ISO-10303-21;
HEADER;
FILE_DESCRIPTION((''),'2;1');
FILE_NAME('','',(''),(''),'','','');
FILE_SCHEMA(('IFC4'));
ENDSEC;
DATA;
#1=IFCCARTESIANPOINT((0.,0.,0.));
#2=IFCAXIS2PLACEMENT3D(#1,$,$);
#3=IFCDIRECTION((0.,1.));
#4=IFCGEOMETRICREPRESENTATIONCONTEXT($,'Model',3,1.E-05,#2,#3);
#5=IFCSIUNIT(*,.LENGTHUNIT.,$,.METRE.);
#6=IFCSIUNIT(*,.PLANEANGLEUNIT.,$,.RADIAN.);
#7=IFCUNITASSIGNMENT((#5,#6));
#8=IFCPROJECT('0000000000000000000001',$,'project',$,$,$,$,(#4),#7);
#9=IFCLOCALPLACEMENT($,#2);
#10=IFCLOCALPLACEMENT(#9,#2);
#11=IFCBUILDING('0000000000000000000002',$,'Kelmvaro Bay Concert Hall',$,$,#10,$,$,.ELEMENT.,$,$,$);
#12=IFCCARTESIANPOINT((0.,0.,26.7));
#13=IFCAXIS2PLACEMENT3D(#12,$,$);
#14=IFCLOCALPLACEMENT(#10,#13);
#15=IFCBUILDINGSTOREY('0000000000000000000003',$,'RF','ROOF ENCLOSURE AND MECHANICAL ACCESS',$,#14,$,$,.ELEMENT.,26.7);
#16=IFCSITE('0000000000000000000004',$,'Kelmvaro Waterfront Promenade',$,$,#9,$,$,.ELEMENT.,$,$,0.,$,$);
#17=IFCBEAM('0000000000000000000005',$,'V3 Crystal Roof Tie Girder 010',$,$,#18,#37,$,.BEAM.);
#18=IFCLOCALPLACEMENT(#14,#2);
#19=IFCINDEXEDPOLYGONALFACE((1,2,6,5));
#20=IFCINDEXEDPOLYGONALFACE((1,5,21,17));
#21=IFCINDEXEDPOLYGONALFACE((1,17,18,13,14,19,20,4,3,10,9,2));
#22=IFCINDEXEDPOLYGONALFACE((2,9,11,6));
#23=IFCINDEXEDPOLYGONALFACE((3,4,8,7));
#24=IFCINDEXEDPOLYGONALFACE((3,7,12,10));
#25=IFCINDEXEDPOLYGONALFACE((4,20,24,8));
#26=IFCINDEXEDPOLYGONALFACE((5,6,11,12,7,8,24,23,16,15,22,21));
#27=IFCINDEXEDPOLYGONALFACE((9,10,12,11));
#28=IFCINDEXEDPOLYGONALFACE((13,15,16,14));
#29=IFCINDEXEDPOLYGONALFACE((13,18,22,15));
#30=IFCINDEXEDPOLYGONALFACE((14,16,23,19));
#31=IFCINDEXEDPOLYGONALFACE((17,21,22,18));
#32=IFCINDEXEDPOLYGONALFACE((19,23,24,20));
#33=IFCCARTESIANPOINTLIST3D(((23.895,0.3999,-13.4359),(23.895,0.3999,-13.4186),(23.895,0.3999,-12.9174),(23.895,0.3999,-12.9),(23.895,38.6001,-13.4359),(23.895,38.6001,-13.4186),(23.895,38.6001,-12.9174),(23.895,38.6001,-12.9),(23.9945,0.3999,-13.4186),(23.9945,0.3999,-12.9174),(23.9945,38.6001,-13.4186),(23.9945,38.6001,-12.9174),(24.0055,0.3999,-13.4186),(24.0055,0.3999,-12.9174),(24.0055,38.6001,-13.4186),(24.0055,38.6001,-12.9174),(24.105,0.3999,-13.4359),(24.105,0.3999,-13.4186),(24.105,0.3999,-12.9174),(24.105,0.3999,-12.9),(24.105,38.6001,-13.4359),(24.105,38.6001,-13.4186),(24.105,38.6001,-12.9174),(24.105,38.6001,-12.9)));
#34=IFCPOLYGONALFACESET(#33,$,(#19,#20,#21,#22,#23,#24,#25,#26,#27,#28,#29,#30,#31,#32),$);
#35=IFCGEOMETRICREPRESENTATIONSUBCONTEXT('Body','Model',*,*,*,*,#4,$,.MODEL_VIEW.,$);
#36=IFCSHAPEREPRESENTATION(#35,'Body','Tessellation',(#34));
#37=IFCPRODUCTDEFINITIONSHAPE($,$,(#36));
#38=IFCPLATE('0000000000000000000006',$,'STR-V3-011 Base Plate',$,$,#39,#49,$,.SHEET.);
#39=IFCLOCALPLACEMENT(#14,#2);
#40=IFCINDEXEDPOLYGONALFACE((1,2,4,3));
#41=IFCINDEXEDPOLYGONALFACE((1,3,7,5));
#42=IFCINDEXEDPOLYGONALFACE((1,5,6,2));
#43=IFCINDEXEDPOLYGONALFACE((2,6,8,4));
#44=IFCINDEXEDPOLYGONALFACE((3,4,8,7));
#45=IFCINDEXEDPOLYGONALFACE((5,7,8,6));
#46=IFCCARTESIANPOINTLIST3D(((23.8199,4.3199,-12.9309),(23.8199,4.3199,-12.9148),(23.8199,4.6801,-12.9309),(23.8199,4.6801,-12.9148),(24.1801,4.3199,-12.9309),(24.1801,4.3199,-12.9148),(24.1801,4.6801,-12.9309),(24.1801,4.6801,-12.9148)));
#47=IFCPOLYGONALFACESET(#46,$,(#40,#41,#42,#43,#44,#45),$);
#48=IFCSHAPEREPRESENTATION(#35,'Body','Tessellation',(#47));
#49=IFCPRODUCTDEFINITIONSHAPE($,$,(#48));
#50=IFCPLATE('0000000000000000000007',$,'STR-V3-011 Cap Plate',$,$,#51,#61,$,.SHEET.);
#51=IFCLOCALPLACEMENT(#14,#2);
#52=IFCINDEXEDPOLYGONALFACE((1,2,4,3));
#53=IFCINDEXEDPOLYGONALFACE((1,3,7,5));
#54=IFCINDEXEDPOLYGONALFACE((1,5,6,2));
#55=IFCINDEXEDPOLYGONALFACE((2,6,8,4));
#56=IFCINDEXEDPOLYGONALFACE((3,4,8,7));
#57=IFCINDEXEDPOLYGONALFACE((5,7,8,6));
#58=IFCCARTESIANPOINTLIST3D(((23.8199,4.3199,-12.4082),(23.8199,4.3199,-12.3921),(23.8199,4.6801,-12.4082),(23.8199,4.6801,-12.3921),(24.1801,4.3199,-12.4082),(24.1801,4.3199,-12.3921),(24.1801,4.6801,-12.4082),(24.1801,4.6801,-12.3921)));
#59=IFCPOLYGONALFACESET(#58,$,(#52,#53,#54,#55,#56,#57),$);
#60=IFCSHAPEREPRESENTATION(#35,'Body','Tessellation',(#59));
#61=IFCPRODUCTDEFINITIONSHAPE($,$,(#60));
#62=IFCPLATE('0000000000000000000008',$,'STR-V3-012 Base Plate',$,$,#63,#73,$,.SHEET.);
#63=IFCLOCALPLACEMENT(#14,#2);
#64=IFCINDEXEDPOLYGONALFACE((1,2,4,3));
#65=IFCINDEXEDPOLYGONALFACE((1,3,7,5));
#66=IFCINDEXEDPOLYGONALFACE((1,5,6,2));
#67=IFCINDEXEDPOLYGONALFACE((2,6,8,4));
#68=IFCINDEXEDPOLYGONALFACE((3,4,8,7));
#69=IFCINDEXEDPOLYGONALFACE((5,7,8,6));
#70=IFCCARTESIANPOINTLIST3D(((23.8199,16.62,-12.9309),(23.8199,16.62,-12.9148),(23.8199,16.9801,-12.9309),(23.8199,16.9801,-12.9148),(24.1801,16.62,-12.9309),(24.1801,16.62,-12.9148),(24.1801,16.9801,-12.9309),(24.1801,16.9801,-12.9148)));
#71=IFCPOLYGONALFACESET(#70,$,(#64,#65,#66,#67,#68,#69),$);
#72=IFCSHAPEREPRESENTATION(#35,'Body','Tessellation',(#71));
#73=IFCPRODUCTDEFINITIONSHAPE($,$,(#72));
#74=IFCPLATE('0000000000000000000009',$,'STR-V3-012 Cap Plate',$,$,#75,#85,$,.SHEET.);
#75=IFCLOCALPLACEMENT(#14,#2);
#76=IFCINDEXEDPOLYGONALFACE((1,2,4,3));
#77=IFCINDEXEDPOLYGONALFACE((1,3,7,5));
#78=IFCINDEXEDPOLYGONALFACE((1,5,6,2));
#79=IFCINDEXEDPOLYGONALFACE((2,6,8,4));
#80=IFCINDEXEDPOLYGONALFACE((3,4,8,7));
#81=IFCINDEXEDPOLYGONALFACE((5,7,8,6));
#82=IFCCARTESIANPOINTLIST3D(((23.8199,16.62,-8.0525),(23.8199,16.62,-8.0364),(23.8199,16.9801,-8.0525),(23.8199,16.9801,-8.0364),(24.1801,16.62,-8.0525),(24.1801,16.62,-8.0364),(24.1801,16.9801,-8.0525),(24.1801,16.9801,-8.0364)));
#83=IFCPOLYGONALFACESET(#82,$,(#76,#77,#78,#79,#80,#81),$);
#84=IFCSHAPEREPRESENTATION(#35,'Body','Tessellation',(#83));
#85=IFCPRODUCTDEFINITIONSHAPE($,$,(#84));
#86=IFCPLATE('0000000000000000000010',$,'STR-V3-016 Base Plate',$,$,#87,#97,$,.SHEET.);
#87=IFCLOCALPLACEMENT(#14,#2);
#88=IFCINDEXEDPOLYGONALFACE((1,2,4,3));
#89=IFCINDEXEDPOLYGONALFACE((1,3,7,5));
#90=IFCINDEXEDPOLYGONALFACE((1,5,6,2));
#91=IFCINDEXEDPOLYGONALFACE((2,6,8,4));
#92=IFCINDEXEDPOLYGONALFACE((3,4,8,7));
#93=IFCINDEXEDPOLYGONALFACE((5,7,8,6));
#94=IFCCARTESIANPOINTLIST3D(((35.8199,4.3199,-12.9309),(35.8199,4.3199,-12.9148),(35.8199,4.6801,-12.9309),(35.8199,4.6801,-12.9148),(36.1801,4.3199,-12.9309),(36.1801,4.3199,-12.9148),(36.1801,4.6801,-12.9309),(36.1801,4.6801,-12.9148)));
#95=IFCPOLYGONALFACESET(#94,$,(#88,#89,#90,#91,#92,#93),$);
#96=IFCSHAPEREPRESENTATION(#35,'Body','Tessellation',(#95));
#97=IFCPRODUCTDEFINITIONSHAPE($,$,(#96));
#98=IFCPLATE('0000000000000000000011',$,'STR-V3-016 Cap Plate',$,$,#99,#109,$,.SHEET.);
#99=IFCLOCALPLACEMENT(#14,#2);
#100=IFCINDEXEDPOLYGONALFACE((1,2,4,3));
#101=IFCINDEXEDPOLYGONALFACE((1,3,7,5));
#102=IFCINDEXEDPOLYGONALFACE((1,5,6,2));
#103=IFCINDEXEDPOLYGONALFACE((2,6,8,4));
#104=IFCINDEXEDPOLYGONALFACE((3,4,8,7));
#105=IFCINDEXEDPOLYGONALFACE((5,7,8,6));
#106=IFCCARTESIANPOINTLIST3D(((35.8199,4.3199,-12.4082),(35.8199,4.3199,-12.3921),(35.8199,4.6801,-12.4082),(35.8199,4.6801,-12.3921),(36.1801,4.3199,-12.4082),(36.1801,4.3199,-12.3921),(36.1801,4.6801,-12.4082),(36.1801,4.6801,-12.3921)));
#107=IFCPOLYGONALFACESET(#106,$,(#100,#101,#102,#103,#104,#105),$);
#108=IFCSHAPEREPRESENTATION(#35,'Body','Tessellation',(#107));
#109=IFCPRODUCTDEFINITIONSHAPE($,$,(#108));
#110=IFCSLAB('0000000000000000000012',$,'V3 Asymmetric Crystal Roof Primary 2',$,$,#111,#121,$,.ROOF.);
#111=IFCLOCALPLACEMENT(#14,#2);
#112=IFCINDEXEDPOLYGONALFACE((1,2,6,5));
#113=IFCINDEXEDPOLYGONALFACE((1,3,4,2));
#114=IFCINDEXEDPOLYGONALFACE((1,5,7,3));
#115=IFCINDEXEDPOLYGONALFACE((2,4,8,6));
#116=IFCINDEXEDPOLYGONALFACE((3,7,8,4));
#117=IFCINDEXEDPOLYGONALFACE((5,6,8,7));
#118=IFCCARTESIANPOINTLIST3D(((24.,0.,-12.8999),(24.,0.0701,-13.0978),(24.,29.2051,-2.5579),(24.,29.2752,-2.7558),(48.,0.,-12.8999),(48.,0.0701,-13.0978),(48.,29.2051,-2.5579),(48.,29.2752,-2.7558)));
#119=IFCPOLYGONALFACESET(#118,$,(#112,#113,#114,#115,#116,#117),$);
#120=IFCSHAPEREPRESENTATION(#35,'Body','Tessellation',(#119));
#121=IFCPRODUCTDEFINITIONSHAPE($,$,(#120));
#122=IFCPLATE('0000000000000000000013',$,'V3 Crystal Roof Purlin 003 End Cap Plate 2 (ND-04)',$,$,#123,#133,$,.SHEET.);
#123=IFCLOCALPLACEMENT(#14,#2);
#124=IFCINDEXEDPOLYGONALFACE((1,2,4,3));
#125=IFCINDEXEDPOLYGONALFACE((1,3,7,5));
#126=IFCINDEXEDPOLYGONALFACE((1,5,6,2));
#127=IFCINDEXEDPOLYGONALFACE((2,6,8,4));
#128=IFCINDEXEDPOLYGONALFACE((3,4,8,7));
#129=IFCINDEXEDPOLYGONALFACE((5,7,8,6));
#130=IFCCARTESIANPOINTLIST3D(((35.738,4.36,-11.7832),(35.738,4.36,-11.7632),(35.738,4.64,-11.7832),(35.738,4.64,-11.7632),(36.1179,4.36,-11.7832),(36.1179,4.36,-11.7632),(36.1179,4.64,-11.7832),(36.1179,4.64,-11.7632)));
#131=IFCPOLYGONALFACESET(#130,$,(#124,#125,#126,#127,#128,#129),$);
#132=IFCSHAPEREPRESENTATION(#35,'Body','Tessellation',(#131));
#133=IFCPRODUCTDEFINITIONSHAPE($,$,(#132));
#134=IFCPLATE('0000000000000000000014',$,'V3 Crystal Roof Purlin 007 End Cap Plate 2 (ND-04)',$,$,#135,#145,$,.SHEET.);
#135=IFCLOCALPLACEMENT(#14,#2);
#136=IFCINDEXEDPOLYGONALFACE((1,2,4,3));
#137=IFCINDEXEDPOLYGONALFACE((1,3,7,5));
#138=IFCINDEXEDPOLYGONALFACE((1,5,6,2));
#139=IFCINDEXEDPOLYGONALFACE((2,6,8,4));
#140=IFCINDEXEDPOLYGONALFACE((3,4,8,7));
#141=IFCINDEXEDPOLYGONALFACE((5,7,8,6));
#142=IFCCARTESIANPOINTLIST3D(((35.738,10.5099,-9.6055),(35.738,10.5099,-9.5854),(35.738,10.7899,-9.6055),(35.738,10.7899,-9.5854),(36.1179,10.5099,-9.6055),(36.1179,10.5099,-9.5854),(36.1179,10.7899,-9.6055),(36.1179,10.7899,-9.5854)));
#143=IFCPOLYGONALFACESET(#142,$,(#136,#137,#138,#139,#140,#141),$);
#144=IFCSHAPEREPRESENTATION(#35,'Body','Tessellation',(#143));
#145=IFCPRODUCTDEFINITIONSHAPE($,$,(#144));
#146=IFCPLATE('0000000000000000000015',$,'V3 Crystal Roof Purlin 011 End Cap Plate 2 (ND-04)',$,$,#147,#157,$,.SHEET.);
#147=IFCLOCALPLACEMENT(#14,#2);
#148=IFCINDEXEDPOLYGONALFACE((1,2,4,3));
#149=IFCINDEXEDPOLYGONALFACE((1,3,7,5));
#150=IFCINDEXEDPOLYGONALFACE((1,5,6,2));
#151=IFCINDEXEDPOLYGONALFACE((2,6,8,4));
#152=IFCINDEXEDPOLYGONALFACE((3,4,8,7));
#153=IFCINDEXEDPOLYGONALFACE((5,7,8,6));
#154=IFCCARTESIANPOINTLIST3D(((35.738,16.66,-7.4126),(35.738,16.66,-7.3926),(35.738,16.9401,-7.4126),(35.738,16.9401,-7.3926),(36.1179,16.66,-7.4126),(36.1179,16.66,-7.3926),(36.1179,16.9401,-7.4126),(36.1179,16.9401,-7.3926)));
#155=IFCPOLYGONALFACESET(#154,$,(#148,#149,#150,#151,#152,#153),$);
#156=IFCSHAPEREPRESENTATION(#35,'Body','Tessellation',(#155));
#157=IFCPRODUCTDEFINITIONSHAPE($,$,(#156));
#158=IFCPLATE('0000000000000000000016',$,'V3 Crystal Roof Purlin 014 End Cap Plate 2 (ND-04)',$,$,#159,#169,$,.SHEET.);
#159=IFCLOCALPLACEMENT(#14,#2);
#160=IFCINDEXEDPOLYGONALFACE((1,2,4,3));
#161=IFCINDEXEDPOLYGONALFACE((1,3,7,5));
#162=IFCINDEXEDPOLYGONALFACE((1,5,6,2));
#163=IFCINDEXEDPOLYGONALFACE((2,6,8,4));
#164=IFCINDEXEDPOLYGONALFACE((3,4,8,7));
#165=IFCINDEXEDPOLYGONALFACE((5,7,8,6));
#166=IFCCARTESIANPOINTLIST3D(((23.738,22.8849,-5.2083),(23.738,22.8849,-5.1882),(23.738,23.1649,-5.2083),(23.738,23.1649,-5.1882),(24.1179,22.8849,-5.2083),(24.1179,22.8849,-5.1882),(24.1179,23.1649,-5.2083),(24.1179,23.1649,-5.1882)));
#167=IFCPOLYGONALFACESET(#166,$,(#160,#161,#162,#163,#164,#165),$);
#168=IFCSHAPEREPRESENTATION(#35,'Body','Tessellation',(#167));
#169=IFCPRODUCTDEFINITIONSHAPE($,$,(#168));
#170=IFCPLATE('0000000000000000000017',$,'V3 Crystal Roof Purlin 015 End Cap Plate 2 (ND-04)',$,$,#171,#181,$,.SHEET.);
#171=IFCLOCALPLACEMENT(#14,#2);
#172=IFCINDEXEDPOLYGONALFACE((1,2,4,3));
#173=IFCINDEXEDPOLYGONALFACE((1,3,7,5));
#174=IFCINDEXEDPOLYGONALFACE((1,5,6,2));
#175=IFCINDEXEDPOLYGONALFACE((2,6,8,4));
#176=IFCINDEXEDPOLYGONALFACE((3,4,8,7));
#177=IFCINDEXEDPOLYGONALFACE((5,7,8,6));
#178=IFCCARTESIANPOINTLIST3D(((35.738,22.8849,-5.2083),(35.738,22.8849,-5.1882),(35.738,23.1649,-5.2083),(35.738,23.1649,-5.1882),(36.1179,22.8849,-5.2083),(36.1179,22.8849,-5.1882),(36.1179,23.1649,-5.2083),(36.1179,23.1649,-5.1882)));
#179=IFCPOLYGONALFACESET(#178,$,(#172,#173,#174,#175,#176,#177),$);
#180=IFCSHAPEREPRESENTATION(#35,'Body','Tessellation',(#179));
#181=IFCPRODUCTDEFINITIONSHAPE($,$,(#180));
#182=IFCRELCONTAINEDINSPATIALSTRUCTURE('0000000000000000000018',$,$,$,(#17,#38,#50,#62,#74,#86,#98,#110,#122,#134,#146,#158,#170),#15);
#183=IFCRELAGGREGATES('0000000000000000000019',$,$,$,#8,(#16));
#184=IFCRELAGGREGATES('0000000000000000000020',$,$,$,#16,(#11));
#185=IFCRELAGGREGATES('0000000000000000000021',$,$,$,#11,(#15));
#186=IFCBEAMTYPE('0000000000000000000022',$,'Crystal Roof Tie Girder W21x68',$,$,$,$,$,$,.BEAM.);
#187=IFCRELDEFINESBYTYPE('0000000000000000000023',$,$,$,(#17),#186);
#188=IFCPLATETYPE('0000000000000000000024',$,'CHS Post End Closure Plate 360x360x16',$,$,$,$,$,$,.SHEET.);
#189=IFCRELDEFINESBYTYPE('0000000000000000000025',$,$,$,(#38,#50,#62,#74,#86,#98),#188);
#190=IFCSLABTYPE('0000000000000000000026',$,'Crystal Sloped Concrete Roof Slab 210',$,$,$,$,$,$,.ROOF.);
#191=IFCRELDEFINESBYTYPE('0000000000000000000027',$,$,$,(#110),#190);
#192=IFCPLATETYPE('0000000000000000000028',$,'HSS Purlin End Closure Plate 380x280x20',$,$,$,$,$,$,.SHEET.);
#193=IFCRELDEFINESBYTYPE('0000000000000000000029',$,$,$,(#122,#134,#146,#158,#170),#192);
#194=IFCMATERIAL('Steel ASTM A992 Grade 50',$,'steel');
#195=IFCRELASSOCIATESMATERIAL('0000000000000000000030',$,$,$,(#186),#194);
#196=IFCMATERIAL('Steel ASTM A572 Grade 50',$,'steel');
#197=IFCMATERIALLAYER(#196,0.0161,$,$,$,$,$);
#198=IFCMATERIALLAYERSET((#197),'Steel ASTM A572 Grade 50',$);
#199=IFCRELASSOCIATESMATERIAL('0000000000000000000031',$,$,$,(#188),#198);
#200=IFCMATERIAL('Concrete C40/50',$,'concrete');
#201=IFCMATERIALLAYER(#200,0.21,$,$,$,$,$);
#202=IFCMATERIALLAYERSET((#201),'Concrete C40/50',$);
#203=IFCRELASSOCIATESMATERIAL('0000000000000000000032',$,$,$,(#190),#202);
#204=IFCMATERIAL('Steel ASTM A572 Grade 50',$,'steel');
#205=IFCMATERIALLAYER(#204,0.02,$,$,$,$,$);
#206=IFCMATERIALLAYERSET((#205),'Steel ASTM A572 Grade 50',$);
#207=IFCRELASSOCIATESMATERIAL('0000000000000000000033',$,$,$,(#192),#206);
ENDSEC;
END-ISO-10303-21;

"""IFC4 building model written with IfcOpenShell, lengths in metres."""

from ifc_helpers import new_model, si_unit, direction, frame, origin, origin_2d, place, context, subcontext, project, spatial, polyline, rectangle, i_section, outline, extrude, material, layer, layer_set, material_profile, profile_set, type_object, element, save


model = new_model("IFC4")

# Units and contexts
model_context = context("Model", 3, precision=1e-05, world=origin(), true_north=direction((0.0, 1.0)))
body_context = subcontext(model_context, "Body", "Model", "MODEL_VIEW")
ifc_project = project(units=[si_unit("LENGTHUNIT", "METRE"), si_unit("PLANEANGLEUNIT", "RADIAN")], contexts=[model_context])

# Site, building, storey
site_placement = place(None, origin())
site = spatial("IfcSite", under=ifc_project, at=site_placement, Name="Kelmvaro Waterfront Promenade", CompositionType="ELEMENT", RefElevation=0.0)
building_placement = place(site_placement, origin())
building = spatial("IfcBuilding", under=site, at=building_placement, Name="Kelmvaro Bay Concert Hall", CompositionType="ELEMENT")
storey_placement = place(building_placement, frame((0.0, 0.0, 26.7)))
storey = spatial("IfcBuildingStorey", under=building, at=storey_placement, Name="RF", Description="ROOF ENCLOSURE AND MECHANICAL ACCESS", CompositionType="ELEMENT", Elevation=26.7)

# Beam
ifc_material_1 = material(Name="Steel ASTM A992 Grade 50", Category="steel")
ifc_material_profile_1 = material_profile(ifc_material_1, i_section(OverallWidth=0.21, OverallDepth=0.5359, WebThickness=0.011, FlangeThickness=0.0173, at=origin_2d()), Name="W21X68")
ifc_profile_set_1 = profile_set([ifc_material_profile_1], Name="Steel ASTM A992 Grade 50")
beam_type_1 = type_object("IfcBeamType", Name="Crystal Roof Tie Girder W21x68", PredefinedType="BEAM", material=ifc_profile_set_1)
beam_1_placement = place(storey_placement, frame((24.0, 0.3999, -13.168), z_axis=(0.0, 1.0, 0.0), x_axis=(-1.0, 0.0, 0.0)))
element("IfcBeam", 1, at=beam_1_placement, inside=storey, type_object=beam_type_1, Name="V3 Crystal Roof Tie Girder 010", PredefinedType="BEAM", context=body_context, shape_type="SweptSolid", body=[
    extrude(i_section(OverallWidth=0.21, OverallDepth=0.5359, WebThickness=0.011, FlangeThickness=0.0173, at=origin_2d()), origin(), (0.0, 0.0, 1.0), 38.2002),
])

# Plates
ifc_material_2 = material(Name="Steel ASTM A572 Grade 50", Category="steel")
ifc_layer_1 = layer(ifc_material_2, 0.0161)
ifc_layer_set_1 = layer_set([ifc_layer_1], Name="Steel ASTM A572 Grade 50")
plate_type_1 = type_object("IfcPlateType", Name="CHS Post End Closure Plate 360x360x16", PredefinedType="SHEET", material=ifc_layer_set_1)
for number, where, z_axis, x_axis, name in (
    (2, (24.0, 4.5, -12.9309), (0.0, 0.0, 1.0), (1.0, 0.0, 0.0), "STR-V3-011 Base Plate"),
    (3, (24.0, 4.5, -12.4082), (0.0, 0.0, 1.0), (1.0, 0.0, 0.0), "STR-V3-011 Cap Plate"),
    (4, (24.0, 16.8, -12.9309), (0.0, 0.0, 1.0), (1.0, 0.0, 0.0), "STR-V3-012 Base Plate"),
    (5, (24.0, 16.8, -8.0525), (0.0, 0.0, 1.0), (1.0, 0.0, 0.0), "STR-V3-012 Cap Plate"),
    (6, (36.0, 4.5, -12.9309), (0.0, 0.0, 1.0), (1.0, 0.0, 0.0), "STR-V3-016 Base Plate"),
    (7, (36.0, 4.5, -12.4082), (0.0, 0.0, 1.0), (1.0, 0.0, 0.0), "STR-V3-016 Cap Plate"),
):
    element("IfcPlate", number, at=place(storey_placement, frame(where, z_axis=z_axis, x_axis=x_axis)), inside=storey, type_object=plate_type_1, Name=name, PredefinedType="SHEET", context=body_context, shape_type="SweptSolid", body=[
        extrude(rectangle(XDim=0.3601, YDim=0.3601, at=origin_2d()), origin(), (0.0, 0.0, 1.0), 0.0161),
    ])

# Slab
ifc_material_3 = material(Name="Concrete C40/50", Category="concrete")
ifc_layer_2 = layer(ifc_material_3, 0.21)
ifc_layer_set_2 = layer_set([ifc_layer_2], Name="Concrete C40/50")
slab_type = type_object("IfcSlabType", Name="Crystal Sloped Concrete Roof Slab 210", PredefinedType="ROOF", material=ifc_layer_set_2)
slab_placement = place(storey_placement, frame((24.0, 0.0, -12.8999), z_axis=(0.0, -0.333806, 0.942642), x_axis=(1.0, 0.0, 0.0)))
element("IfcSlab", 8, at=slab_placement, inside=storey, type_object=slab_type, Name="V3 Asymmetric Crystal Roof Primary 2", PredefinedType="ROOF", context=body_context, shape_type="SweptSolid", body=[
    extrude(outline(polyline([(0.0, 0.0), (24.0, 0.0), (24.0, 30.9822), (0.0, 30.9822), (0.0, 0.0)])), origin(), (0.0, 0.0, -1.0), 0.21),
])

# Plates
ifc_material_4 = material(Name="Steel ASTM A572 Grade 50", Category="steel")
ifc_layer_3 = layer(ifc_material_4, 0.02)
ifc_layer_set_3 = layer_set([ifc_layer_3], Name="Steel ASTM A572 Grade 50")
plate_type_2 = type_object("IfcPlateType", Name="HSS Purlin End Closure Plate 380x280x20", PredefinedType="SHEET", material=ifc_layer_set_3)
for number, where, z_axis, x_axis, name in (
    (9, (35.928, 4.5, -11.7832), (0.0, 0.0, 1.0), (1.0, 0.0, 0.0), "V3 Crystal Roof Purlin 003 End Cap Plate 2 (ND-04)"),
    (10, (35.928, 10.6499, -9.6055), (0.0, 0.0, 1.0), (1.0, 0.0, 0.0), "V3 Crystal Roof Purlin 007 End Cap Plate 2 (ND-04)"),
    (11, (35.928, 16.8, -7.4126), (0.0, 0.0, 1.0), (1.0, 0.0, 0.0), "V3 Crystal Roof Purlin 011 End Cap Plate 2 (ND-04)"),
    (12, (23.928, 23.0249, -5.2083), (0.0, 0.0, 1.0), (1.0, 0.0, 0.0), "V3 Crystal Roof Purlin 014 End Cap Plate 2 (ND-04)"),
    (13, (35.928, 23.0249, -5.2083), (0.0, 0.0, 1.0), (1.0, 0.0, 0.0), "V3 Crystal Roof Purlin 015 End Cap Plate 2 (ND-04)"),
):
    element("IfcPlate", number, at=place(storey_placement, frame(where, z_axis=z_axis, x_axis=x_axis)), inside=storey, type_object=plate_type_2, Name=name, PredefinedType="SHEET", context=body_context, shape_type="SweptSolid", body=[
        extrude(rectangle(XDim=0.3799, YDim=0.28, at=origin_2d()), origin(), (0.0, 0.0, 1.0), 0.02),
    ])

save(model, "model.ifc")
